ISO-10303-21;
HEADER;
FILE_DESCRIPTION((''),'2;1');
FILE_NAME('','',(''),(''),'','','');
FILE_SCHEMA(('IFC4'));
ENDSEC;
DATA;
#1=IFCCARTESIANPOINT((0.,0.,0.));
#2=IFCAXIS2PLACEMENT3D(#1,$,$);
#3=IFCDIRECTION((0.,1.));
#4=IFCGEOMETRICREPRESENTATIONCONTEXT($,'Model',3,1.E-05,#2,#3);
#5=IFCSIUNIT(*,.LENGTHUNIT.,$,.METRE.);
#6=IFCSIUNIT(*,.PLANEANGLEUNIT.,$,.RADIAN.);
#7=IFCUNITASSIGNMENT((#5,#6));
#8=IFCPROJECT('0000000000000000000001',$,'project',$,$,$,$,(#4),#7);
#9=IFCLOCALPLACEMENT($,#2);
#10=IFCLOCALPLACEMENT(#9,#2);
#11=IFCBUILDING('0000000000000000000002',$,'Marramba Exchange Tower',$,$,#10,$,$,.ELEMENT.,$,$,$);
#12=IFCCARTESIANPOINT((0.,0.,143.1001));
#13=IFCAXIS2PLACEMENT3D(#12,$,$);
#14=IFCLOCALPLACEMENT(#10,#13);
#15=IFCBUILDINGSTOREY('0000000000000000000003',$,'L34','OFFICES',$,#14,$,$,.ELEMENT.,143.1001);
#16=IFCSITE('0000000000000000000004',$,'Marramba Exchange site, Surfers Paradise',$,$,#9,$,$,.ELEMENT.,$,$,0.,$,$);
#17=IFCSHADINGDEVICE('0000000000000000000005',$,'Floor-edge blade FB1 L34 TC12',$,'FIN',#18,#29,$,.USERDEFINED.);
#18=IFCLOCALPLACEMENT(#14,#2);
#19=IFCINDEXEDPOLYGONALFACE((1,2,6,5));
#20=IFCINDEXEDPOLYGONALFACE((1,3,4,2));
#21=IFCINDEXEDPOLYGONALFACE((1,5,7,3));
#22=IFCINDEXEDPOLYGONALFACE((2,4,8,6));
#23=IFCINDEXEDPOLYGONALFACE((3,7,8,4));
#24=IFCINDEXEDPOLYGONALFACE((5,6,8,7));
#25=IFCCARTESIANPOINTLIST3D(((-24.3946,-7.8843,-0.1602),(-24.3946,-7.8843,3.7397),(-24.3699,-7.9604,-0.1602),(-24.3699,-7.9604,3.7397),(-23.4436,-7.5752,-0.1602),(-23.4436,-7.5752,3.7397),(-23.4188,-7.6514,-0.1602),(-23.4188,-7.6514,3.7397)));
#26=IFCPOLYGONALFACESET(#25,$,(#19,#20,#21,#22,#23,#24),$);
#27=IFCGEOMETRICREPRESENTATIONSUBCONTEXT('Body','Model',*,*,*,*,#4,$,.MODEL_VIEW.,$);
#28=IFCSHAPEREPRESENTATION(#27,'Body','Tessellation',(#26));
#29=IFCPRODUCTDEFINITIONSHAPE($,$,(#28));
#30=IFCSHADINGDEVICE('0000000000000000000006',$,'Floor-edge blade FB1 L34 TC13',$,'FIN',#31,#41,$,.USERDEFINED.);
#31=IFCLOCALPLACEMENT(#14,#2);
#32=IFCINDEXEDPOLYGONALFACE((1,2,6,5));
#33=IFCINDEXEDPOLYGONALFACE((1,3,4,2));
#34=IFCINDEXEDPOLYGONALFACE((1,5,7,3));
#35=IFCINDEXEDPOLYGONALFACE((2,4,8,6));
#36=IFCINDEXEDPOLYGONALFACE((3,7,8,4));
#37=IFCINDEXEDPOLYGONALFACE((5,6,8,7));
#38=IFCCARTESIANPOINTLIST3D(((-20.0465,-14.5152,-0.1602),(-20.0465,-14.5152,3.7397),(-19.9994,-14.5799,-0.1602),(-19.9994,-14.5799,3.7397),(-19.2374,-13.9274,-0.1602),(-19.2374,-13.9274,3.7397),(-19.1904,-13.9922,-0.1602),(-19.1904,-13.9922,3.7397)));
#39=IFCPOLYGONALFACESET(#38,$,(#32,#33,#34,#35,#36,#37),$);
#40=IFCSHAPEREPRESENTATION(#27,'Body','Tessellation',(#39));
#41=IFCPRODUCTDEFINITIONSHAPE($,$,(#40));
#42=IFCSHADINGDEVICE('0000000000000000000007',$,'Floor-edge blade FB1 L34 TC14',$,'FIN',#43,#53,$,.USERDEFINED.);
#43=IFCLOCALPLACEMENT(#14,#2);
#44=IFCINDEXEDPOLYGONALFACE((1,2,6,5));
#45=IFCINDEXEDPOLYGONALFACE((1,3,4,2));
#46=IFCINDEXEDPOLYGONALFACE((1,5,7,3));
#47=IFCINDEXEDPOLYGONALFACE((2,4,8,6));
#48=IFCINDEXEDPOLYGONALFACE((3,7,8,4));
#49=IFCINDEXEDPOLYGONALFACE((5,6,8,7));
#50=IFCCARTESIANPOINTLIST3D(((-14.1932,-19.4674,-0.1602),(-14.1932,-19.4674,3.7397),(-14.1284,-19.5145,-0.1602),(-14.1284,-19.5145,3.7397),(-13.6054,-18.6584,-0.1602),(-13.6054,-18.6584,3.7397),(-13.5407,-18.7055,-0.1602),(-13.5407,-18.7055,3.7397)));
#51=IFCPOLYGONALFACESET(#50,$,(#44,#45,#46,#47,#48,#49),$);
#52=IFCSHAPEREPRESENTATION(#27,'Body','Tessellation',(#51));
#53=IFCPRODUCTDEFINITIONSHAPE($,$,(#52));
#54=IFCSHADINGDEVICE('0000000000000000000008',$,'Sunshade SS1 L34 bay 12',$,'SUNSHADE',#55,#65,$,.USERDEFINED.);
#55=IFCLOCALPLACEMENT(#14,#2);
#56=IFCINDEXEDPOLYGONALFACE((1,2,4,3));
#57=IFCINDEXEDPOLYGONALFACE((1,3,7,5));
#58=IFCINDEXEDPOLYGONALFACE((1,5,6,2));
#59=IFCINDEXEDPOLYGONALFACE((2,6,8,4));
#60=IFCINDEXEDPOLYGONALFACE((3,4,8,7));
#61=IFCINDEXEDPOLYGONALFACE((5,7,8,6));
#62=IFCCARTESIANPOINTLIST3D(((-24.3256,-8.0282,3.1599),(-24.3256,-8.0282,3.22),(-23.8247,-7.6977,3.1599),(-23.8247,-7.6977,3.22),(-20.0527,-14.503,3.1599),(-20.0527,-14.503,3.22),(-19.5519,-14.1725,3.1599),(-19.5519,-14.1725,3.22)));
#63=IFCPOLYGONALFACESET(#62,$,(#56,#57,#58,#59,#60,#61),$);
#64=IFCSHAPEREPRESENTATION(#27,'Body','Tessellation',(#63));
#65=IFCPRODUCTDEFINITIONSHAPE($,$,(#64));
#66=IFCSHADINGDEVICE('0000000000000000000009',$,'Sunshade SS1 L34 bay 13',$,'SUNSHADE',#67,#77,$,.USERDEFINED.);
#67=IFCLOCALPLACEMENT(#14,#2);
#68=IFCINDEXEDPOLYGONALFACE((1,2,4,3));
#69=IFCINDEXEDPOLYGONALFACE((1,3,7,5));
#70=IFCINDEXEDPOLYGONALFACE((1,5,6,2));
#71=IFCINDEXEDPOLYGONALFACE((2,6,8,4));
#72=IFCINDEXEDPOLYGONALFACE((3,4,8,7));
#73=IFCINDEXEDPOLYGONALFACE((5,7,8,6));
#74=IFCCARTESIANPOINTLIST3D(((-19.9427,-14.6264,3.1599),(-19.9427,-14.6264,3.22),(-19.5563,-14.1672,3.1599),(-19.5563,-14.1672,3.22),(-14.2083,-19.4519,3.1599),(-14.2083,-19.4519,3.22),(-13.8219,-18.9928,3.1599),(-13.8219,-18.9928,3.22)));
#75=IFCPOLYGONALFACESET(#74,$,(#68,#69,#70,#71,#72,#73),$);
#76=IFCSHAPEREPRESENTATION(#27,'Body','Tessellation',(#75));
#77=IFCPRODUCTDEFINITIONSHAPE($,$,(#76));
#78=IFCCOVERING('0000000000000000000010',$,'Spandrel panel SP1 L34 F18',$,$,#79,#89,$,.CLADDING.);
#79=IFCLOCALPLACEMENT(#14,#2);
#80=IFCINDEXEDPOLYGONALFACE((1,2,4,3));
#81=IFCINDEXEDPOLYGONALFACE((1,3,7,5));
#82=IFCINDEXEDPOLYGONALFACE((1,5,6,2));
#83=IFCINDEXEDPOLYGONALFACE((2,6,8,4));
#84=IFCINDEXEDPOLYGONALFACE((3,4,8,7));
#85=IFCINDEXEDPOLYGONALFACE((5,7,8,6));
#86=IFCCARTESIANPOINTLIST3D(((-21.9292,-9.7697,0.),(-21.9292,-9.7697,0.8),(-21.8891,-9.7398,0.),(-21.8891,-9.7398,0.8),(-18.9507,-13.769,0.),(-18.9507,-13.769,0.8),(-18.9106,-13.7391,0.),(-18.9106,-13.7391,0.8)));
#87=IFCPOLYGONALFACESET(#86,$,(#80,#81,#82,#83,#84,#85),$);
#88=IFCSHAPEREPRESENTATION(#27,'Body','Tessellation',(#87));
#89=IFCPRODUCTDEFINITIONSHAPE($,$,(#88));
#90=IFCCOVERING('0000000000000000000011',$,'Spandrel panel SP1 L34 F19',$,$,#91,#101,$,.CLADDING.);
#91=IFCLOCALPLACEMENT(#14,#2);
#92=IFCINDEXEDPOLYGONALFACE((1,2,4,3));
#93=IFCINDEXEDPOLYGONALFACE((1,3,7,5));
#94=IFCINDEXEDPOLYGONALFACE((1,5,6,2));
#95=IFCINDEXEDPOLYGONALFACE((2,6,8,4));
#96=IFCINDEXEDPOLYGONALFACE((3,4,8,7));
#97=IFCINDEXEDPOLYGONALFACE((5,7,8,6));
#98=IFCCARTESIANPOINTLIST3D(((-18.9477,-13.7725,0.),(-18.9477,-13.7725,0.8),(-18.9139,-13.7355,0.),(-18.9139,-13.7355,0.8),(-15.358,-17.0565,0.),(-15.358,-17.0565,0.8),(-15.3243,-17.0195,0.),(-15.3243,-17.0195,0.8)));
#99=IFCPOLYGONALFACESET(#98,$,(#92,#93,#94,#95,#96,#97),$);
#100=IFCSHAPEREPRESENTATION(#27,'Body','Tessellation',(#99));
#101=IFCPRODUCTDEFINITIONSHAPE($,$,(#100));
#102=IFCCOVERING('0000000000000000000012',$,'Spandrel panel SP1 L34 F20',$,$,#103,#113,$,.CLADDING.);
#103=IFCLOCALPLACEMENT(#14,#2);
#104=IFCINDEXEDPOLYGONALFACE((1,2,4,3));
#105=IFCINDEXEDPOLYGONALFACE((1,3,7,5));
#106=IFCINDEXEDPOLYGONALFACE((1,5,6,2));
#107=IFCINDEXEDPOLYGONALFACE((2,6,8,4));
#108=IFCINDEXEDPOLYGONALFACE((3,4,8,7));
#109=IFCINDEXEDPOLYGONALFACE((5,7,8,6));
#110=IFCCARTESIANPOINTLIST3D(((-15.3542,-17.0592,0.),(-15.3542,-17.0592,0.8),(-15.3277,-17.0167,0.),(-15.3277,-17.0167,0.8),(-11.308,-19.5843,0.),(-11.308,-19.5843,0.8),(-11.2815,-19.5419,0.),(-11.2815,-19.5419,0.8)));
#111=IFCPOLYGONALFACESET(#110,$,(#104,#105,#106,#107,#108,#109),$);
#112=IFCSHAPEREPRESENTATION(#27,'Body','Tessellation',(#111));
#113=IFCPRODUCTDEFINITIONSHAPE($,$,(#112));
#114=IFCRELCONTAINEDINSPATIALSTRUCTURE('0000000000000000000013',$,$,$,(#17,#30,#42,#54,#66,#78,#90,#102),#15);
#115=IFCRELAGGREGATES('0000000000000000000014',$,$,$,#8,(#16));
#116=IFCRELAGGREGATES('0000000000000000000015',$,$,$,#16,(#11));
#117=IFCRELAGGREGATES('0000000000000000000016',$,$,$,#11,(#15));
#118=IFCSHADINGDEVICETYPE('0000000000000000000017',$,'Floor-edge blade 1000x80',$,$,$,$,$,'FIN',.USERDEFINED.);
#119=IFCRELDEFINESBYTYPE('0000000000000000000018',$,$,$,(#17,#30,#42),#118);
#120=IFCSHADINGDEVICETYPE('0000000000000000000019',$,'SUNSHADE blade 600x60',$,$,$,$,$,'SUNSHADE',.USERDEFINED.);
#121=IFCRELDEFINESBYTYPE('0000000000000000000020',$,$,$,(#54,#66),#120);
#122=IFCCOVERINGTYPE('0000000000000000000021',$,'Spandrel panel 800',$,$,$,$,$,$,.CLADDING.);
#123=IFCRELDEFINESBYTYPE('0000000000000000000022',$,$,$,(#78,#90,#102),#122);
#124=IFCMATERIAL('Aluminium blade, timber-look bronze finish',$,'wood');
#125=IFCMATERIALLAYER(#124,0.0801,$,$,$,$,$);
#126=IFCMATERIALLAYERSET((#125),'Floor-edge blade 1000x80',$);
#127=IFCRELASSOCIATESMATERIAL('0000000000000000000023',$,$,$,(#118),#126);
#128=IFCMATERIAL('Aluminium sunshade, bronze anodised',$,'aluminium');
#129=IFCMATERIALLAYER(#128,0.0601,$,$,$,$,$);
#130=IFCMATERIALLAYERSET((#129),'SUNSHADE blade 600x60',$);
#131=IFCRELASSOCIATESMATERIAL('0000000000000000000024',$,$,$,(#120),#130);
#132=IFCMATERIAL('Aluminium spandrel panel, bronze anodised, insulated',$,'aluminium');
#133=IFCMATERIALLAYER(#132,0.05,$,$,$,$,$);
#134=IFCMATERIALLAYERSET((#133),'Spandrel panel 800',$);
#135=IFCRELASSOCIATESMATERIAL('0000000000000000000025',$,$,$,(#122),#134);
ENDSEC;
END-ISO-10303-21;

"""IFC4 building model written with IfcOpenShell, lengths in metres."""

from ifc_helpers import new_model, si_unit, direction, frame, origin, origin_2d, place, context, subcontext, project, spatial, rectangle, extrude, material, layer, layer_set, type_object, element, save


model = new_model("IFC4")

# Units and contexts
model_context = context("Model", 3, precision=1e-05, world=origin(), true_north=direction((0.0, 1.0)))
body_context = subcontext(model_context, "Body", "Model", "MODEL_VIEW")
ifc_project = project(units=[si_unit("LENGTHUNIT", "METRE"), si_unit("PLANEANGLEUNIT", "RADIAN")], contexts=[model_context])

# Site, building, storey
site_placement = place(None, origin())
site = spatial("IfcSite", under=ifc_project, at=site_placement, Name="Marramba Exchange site, Surfers Paradise", CompositionType="ELEMENT", RefElevation=0.0)
building_placement = place(site_placement, origin())
building = spatial("IfcBuilding", under=site, at=building_placement, Name="Marramba Exchange Tower", CompositionType="ELEMENT")
storey_placement = place(building_placement, frame((0.0, 0.0, 143.1001)))
storey = spatial("IfcBuildingStorey", under=building, at=storey_placement, Name="L34", Description="OFFICES", CompositionType="ELEMENT", Elevation=143.1001)

# Shading devices
ifc_material_1 = material(Name="Aluminium blade, timber-look bronze finish", Category="wood")
ifc_layer_1 = layer(ifc_material_1, 0.0801)
ifc_layer_set_1 = layer_set([ifc_layer_1], Name="Floor-edge blade 1000x80")
shading_device_type_1 = type_object("IfcShadingDeviceType", Name="Floor-edge blade 1000x80", ElementType="FIN", PredefinedType="USERDEFINED", material=ifc_layer_set_1)
for number, where, z_axis, x_axis, name in (
    (1, (-23.9067, -7.7678, -0.1602), (0.0, 0.0, 1.0), (-0.951057, -0.309017, 0.0), "Floor-edge blade FB1 L34 TC12"),
    (2, (-19.6184, -14.2537, -0.1602), (0.0, 0.0, 1.0), (-0.809017, -0.587785, 0.0), "Floor-edge blade FB1 L34 TC13"),
    (3, (-13.8669, -19.0864, -0.1602), (0.0, 0.0, 1.0), (-0.587785, -0.809017, 0.0), "Floor-edge blade FB1 L34 TC14"),
):
    element("IfcShadingDevice", number, at=place(storey_placement, frame(where, z_axis=z_axis, x_axis=x_axis)), inside=storey, type_object=shading_device_type_1, Name=name, ObjectType="FIN", PredefinedType="USERDEFINED", context=body_context, shape_type="SweptSolid", body=[
        extrude(rectangle(XDim=1.0, YDim=0.0801, at=origin_2d()), origin(), (0.0, 0.0, 1.0), 3.8999),
    ])
ifc_material_2 = material(Name="Aluminium sunshade, bronze anodised", Category="aluminium")
ifc_layer_2 = layer(ifc_material_2, 0.0601)
ifc_layer_set_2 = layer_set([ifc_layer_2], Name="SUNSHADE blade 600x60")
shading_device_type_2 = type_object("IfcShadingDeviceType", Name="SUNSHADE blade 600x60", ElementType="SUNSHADE", PredefinedType="USERDEFINED", material=ifc_layer_set_2)
shading_device_1_placement = place(storey_placement, frame((-21.9387, -11.1003, 3.1599), z_axis=(0.0, 0.0, 1.0), x_axis=(0.550792, -0.834642, 0.0)))
element("IfcShadingDevice", 4, at=shading_device_1_placement, inside=storey, type_object=shading_device_type_2, Name="Sunshade SS1 L34 bay 12", ObjectType="SUNSHADE", PredefinedType="USERDEFINED", context=body_context, shape_type="SweptSolid", body=[
    extrude(rectangle(XDim=7.7576, YDim=0.6001, at=origin_2d()), origin(), (0.0, 0.0, 1.0), 0.0601),
])
shading_device_2_placement = place(storey_placement, frame((-16.8823, -16.8096, 3.1599), z_axis=(0.0, 0.0, 1.0), x_axis=(0.765139, -0.643866, 0.0)))
element("IfcShadingDevice", 5, at=shading_device_2_placement, inside=storey, type_object=shading_device_type_2, Name="Sunshade SS1 L34 bay 13", ObjectType="SUNSHADE", PredefinedType="USERDEFINED", context=body_context, shape_type="SweptSolid", body=[
    extrude(rectangle(XDim=7.4946, YDim=0.6001, at=origin_2d()), origin(), (0.0, 0.0, 1.0), 0.0601),
])

# Coverings
ifc_material_3 = material(Name="Aluminium spandrel panel, bronze anodised, insulated", Category="aluminium")
ifc_layer_3 = layer(ifc_material_3, 0.05)
ifc_layer_set_3 = layer_set([ifc_layer_3], Name="Spandrel panel 800")
covering_type = type_object("IfcCoveringType", Name="Spandrel panel 800", PredefinedType="CLADDING", material=ifc_layer_set_3)
covering_1_placement = place(storey_placement, frame((-20.4199, -11.7544, 0.0), z_axis=(0.0, 0.0, 1.0), x_axis=(0.597305, -0.802014, 0.0)))
element("IfcCovering", 6, at=covering_1_placement, inside=storey, type_object=covering_type, Name="Spandrel panel SP1 L34 F18", PredefinedType="CLADDING", context=body_context, shape_type="SweptSolid", body=[
    extrude(rectangle(XDim=4.9866, YDim=0.05, at=origin_2d()), origin(), (0.0, 0.0, 1.0), 0.8),
])
covering_2_placement = place(storey_placement, frame((-17.136, -15.396, 0.0), z_axis=(0.0, 0.0, 1.0), x_axis=(0.737822, -0.674995, 0.0)))
element("IfcCovering", 7, at=covering_2_placement, inside=storey, type_object=covering_type, Name="Spandrel panel SP1 L34 F19", PredefinedType="CLADDING", context=body_context, shape_type="SweptSolid", body=[
    extrude(rectangle(XDim=4.8652, YDim=0.05, at=origin_2d()), origin(), (0.0, 0.0, 1.0), 0.8),
])
covering_3_placement = place(storey_placement, frame((-13.3179, -18.3005, 0.0), z_axis=(0.0, 0.0, 1.0), x_axis=(0.848355, -0.529428, 0.0)))
element("IfcCovering", 8, at=covering_3_placement, inside=storey, type_object=covering_type, Name="Spandrel panel SP1 L34 F20", PredefinedType="CLADDING", context=body_context, shape_type="SweptSolid", body=[
    extrude(rectangle(XDim=4.7695, YDim=0.05, at=origin_2d()), origin(), (0.0, 0.0, 1.0), 0.8),
])

save(model, "model.ifc")
